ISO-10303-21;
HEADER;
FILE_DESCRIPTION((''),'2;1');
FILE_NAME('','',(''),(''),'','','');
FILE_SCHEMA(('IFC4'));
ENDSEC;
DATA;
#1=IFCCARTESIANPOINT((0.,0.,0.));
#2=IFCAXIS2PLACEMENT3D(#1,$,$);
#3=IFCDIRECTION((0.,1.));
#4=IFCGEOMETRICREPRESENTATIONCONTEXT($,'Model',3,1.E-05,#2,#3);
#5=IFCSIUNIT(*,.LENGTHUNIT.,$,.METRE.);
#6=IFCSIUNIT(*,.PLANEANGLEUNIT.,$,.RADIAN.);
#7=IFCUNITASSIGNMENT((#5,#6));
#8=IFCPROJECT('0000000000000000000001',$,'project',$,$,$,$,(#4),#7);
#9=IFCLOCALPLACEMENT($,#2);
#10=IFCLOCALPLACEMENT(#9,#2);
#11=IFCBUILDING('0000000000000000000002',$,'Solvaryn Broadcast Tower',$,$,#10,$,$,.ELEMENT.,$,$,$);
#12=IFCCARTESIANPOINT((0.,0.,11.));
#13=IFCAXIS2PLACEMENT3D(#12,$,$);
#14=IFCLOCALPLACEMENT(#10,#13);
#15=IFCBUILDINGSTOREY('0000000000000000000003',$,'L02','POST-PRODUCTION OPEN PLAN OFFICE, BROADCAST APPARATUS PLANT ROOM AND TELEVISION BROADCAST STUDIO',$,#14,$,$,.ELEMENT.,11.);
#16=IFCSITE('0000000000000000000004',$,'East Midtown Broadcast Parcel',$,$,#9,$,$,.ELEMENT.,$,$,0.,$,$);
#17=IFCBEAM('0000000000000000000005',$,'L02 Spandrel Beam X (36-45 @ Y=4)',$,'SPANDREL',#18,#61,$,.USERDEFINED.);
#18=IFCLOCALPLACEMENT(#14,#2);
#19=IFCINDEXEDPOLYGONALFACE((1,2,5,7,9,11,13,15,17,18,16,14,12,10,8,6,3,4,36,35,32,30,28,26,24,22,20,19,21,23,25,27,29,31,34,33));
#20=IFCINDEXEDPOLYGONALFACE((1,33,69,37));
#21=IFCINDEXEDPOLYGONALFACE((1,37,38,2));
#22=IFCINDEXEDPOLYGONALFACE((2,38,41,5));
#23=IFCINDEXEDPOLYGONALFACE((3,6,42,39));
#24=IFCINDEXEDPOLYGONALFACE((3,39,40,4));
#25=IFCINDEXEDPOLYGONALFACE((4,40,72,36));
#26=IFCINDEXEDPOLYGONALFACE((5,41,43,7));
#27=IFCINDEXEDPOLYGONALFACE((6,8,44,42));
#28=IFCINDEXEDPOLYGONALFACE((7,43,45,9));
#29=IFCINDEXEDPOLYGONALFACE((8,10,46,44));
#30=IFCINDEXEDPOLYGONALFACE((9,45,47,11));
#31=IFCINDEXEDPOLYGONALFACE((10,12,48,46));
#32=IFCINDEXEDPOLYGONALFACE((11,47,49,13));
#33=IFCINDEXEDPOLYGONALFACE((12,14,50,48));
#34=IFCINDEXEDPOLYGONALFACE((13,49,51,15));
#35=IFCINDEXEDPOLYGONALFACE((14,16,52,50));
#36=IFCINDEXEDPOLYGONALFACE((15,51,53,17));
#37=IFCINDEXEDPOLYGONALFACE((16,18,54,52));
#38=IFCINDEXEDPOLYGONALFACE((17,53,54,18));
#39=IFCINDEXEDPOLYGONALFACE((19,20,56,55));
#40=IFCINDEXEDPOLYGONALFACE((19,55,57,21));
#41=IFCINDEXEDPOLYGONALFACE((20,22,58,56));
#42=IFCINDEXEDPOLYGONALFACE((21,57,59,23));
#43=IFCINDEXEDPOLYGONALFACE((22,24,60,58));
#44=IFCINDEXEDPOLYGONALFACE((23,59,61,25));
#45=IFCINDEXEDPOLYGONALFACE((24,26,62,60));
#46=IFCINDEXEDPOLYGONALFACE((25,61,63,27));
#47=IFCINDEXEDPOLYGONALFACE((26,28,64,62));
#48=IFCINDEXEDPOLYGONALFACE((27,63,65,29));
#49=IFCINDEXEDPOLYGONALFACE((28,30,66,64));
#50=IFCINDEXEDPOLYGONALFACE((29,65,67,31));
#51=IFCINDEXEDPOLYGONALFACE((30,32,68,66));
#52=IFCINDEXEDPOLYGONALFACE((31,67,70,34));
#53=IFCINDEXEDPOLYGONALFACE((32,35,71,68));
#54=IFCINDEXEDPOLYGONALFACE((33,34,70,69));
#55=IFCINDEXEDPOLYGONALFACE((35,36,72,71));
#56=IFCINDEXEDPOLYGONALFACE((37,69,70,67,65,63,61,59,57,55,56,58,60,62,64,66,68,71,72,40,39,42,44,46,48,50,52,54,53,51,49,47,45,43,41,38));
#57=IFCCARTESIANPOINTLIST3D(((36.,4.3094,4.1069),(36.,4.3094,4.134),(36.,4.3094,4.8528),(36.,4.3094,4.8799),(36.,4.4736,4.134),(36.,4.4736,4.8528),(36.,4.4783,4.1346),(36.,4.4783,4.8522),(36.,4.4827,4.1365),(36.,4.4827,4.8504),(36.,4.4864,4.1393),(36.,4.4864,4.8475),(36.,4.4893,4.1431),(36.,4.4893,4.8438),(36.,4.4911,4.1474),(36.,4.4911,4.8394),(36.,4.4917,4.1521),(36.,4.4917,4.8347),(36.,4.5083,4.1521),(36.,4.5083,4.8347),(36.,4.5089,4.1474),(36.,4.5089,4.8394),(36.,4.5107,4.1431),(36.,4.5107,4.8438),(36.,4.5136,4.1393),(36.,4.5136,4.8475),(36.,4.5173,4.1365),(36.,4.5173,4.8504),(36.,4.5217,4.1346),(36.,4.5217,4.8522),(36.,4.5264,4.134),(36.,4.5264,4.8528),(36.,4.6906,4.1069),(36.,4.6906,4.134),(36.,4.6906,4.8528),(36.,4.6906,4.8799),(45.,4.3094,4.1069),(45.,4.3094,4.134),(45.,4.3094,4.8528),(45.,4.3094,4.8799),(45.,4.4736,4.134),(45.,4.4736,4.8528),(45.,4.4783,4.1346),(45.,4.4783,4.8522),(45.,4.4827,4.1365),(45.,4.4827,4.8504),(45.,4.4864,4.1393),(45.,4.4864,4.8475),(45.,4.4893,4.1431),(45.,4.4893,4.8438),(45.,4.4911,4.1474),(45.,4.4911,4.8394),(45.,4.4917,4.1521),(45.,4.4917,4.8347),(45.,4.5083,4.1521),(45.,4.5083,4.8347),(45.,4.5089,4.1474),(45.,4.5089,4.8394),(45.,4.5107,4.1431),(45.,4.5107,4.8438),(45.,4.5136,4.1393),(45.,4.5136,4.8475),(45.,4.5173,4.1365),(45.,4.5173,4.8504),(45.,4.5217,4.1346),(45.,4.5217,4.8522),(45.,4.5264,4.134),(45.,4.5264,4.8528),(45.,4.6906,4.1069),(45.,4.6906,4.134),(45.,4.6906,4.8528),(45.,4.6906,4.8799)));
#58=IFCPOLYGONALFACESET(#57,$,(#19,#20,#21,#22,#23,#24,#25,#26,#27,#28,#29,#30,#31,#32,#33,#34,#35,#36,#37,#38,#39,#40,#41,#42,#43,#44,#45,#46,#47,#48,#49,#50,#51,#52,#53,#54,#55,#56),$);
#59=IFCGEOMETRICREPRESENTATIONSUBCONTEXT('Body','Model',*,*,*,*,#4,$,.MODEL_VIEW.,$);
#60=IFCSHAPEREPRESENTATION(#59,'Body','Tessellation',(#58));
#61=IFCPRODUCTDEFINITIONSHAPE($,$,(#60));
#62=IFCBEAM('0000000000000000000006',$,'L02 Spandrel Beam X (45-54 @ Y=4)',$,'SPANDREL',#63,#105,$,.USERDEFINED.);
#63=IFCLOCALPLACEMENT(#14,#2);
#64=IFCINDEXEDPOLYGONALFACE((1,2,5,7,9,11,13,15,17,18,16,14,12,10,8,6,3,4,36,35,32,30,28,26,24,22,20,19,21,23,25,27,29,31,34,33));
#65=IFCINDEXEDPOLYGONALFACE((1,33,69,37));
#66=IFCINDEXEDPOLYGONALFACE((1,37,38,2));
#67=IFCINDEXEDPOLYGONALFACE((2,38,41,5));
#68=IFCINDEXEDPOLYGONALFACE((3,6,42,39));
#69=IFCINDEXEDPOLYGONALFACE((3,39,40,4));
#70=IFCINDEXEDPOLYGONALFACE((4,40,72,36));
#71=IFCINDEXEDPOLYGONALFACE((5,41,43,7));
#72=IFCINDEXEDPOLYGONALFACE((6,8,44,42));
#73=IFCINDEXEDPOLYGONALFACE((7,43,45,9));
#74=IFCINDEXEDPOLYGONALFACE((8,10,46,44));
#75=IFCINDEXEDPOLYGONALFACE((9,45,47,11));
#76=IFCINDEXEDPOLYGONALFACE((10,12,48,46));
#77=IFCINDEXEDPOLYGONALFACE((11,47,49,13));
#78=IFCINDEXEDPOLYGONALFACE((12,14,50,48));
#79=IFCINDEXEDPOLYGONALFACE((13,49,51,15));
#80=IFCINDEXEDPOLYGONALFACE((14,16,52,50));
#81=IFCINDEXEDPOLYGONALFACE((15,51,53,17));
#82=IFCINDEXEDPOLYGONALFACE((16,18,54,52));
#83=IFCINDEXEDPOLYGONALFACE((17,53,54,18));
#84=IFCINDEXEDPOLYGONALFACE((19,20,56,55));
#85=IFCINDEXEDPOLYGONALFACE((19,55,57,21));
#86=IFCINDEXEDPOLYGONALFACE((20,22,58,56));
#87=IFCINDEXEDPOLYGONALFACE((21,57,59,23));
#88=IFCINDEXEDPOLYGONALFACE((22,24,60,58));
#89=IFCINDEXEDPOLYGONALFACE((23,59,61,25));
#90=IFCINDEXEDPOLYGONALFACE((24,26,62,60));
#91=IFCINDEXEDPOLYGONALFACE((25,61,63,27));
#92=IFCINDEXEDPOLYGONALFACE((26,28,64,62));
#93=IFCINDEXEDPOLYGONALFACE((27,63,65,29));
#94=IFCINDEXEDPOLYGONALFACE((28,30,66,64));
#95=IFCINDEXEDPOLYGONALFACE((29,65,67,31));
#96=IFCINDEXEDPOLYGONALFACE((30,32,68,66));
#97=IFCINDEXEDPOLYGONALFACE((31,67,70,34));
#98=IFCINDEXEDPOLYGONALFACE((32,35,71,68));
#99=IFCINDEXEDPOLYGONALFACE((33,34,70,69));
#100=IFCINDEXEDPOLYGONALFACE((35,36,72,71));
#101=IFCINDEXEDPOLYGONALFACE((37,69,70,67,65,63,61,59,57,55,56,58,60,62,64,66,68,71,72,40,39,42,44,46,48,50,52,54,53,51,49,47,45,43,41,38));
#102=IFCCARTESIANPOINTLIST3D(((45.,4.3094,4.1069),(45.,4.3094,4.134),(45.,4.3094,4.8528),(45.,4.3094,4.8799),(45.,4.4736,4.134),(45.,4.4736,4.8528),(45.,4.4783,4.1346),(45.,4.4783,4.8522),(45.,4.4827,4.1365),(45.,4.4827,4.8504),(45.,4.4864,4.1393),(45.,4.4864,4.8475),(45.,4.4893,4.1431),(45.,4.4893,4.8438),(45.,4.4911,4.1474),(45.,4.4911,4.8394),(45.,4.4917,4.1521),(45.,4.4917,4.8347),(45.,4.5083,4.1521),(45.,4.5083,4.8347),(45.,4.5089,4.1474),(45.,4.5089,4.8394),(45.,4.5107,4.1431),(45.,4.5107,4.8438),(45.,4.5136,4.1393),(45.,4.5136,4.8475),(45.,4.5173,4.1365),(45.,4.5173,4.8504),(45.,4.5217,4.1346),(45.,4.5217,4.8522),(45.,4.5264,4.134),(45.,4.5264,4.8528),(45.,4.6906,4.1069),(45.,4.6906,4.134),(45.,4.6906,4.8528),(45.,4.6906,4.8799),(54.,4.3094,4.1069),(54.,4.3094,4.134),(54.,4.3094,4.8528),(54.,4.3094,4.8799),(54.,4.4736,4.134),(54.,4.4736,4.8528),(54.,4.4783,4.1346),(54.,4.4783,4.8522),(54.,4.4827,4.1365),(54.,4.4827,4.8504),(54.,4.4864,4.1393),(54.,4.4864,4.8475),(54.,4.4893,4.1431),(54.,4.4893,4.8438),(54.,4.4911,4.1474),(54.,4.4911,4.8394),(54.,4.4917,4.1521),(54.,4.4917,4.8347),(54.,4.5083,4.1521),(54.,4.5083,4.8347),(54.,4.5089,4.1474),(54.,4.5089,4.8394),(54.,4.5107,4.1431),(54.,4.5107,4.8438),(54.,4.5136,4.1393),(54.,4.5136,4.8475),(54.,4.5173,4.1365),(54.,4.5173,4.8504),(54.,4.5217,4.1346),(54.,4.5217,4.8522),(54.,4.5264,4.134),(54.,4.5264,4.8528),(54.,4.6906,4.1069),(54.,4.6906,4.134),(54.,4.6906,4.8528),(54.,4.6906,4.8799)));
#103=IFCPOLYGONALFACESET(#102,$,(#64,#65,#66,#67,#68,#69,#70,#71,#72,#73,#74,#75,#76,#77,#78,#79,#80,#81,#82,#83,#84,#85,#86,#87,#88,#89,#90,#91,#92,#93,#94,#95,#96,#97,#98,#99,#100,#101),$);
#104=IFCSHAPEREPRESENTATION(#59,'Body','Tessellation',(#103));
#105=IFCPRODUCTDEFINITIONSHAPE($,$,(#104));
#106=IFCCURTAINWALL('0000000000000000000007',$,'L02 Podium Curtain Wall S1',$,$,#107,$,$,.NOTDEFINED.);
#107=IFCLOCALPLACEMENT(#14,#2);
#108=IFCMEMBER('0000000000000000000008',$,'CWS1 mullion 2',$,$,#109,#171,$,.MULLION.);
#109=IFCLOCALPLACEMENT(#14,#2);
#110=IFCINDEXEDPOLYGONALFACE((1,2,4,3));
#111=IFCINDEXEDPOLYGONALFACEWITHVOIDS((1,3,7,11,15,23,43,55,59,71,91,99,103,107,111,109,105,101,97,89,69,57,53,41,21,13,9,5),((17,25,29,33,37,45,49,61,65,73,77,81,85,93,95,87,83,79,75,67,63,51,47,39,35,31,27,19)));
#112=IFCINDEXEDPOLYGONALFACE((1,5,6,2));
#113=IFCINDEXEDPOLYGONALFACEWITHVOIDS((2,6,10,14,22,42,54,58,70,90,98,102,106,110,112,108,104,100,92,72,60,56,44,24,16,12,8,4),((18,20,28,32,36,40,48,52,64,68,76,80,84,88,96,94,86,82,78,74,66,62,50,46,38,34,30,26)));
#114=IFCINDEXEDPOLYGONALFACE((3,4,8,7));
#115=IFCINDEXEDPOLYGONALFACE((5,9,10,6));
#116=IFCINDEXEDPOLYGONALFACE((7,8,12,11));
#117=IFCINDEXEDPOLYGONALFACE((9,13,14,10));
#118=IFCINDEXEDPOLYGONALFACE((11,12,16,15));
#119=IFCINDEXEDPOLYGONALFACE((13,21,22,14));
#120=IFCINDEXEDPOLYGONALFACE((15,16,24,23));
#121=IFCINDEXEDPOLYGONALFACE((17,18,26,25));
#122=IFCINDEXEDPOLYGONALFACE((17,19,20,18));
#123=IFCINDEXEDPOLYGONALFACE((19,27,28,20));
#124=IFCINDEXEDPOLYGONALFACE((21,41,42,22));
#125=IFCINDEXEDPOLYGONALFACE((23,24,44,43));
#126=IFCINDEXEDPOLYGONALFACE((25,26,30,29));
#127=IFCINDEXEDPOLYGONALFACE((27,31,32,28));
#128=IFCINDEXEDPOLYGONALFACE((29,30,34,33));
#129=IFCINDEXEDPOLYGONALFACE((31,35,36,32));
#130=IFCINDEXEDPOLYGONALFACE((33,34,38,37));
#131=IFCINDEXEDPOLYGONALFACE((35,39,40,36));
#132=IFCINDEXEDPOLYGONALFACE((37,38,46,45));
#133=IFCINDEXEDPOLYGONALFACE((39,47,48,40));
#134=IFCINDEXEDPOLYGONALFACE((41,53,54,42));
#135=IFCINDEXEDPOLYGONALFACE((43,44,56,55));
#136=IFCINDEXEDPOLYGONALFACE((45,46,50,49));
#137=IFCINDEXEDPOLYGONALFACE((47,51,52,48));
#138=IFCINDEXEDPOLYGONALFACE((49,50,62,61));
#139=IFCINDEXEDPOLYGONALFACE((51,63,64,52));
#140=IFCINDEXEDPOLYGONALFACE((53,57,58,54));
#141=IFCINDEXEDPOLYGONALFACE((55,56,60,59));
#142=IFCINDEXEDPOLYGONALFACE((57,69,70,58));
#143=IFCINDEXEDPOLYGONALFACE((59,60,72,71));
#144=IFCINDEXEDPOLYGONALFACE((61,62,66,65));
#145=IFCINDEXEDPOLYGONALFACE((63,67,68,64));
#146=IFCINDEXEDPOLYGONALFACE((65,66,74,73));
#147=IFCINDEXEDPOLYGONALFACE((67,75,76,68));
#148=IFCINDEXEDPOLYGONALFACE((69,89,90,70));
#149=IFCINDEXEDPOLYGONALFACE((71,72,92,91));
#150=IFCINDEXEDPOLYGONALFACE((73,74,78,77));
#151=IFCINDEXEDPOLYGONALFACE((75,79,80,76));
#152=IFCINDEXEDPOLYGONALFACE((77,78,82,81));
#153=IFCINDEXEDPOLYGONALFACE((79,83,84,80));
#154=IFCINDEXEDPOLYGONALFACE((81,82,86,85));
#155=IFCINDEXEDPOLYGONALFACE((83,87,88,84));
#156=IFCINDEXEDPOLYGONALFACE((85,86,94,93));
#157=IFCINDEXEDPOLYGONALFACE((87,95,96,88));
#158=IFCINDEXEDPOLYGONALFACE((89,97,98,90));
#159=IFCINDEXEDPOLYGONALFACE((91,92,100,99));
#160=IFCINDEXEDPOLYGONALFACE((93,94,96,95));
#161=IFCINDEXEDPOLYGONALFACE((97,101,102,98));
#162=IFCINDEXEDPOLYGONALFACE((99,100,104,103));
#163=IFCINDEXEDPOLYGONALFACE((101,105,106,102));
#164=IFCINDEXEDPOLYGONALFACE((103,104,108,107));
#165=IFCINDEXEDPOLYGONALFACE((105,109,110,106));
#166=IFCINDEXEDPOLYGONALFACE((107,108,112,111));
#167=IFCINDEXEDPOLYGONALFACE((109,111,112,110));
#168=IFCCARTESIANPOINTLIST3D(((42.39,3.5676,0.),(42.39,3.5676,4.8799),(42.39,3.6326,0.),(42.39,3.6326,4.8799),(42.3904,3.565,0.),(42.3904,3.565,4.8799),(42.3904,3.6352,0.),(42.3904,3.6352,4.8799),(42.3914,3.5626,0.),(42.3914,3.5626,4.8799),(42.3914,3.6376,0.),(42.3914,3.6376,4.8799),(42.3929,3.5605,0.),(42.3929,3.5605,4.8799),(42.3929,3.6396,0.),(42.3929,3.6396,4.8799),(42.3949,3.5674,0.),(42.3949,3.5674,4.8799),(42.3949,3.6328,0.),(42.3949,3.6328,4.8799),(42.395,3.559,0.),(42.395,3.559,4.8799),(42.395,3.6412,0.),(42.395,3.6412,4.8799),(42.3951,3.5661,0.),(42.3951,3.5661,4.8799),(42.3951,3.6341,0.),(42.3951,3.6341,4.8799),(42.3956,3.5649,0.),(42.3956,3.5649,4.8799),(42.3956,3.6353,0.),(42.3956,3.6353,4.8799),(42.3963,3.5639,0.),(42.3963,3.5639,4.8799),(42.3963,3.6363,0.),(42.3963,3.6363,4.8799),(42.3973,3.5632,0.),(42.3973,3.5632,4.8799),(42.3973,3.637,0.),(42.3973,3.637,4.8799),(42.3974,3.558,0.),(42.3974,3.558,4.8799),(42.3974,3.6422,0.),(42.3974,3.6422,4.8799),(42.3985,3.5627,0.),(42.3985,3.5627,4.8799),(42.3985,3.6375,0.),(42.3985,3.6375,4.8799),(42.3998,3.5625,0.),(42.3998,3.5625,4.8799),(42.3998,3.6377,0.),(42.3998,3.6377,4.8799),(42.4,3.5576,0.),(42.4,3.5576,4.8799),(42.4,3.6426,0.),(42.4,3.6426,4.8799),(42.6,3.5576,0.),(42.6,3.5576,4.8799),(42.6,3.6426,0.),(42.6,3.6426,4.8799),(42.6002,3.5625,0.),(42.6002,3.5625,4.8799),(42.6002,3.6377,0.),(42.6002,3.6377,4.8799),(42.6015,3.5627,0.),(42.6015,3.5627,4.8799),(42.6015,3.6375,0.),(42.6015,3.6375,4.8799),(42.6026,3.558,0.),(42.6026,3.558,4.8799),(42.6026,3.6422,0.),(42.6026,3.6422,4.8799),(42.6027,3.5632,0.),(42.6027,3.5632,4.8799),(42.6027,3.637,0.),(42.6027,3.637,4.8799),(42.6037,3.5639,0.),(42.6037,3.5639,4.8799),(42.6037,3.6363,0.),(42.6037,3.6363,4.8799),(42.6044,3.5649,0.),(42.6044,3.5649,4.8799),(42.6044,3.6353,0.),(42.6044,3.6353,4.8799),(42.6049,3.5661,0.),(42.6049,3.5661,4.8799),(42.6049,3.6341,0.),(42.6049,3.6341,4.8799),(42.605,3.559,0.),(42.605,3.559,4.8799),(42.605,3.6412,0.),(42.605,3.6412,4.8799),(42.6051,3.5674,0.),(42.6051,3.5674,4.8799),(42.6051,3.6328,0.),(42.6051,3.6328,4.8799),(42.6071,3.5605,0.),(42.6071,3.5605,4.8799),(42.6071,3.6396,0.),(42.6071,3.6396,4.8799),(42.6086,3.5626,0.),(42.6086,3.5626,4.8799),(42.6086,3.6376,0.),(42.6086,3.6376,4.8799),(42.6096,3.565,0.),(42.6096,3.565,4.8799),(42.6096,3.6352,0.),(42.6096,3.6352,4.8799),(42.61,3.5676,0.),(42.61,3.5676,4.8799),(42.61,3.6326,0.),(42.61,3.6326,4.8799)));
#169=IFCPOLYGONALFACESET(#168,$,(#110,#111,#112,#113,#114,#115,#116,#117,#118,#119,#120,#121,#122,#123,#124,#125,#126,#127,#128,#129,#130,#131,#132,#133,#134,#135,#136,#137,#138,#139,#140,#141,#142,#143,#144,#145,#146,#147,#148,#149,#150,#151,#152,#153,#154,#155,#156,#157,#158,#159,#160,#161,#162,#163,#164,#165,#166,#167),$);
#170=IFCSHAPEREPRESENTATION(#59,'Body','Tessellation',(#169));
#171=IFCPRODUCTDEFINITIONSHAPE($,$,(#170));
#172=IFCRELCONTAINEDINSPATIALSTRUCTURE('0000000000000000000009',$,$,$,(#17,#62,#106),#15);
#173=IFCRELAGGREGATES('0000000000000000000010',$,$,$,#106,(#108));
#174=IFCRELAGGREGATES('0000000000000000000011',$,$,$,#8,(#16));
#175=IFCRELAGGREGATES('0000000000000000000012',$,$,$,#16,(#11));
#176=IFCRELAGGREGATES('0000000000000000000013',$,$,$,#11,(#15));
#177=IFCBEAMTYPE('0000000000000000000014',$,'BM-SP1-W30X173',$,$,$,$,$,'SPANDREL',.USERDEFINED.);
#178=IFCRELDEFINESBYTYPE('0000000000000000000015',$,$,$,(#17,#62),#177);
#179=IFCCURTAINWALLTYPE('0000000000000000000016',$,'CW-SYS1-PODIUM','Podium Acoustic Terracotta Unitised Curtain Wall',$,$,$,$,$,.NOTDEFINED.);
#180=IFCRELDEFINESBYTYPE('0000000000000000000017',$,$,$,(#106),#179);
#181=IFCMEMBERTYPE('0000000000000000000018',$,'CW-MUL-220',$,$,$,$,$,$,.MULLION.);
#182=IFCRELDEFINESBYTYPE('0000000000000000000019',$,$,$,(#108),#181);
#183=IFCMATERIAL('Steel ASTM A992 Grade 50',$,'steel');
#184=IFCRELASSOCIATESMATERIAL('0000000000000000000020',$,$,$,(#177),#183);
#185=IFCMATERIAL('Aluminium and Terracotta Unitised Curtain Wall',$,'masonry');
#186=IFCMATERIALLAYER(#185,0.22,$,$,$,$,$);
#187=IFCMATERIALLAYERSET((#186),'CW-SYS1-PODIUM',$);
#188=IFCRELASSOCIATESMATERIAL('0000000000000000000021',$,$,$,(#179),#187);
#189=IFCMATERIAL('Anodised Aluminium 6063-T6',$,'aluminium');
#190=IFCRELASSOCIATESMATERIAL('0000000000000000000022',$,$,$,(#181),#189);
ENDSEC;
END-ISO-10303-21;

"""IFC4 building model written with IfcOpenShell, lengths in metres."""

from ifc_helpers import new_model, si_unit, direction, frame, origin, origin_2d, place, context, subcontext, project, spatial, hollow_rectangle, i_section, extrude, material, layer, layer_set, material_profile, profile_set, type_object, element, aggregate, save


model = new_model("IFC4")

# Units and contexts
model_context = context("Model", 3, precision=1e-05, world=origin(), true_north=direction((0.0, 1.0)))
body_context = subcontext(model_context, "Body", "Model", "MODEL_VIEW")
ifc_project = project(units=[si_unit("LENGTHUNIT", "METRE"), si_unit("PLANEANGLEUNIT", "RADIAN")], contexts=[model_context])

# Site, building, storey
site_placement = place(None, origin())
site = spatial("IfcSite", under=ifc_project, at=site_placement, Name="East Midtown Broadcast Parcel", CompositionType="ELEMENT", RefElevation=0.0)
building_placement = place(site_placement, origin())
building = spatial("IfcBuilding", under=site, at=building_placement, Name="Solvaryn Broadcast Tower", CompositionType="ELEMENT")
storey_placement = place(building_placement, frame((0.0, 0.0, 11.0)))
storey = spatial("IfcBuildingStorey", under=building, at=storey_placement, Name="L02", Description="POST-PRODUCTION OPEN PLAN OFFICE, BROADCAST APPARATUS PLANT ROOM AND TELEVISION BROADCAST STUDIO", CompositionType="ELEMENT", Elevation=11.0)

# Beams
ifc_material_1 = material(Name="Steel ASTM A992 Grade 50", Category="steel")
ifc_material_profile_1 = material_profile(ifc_material_1, i_section(OverallWidth=0.3811, OverallDepth=0.7729, WebThickness=0.0166, FlangeThickness=0.0271, FilletRadius=0.0181, at=origin_2d()))
ifc_profile_set_1 = profile_set([ifc_material_profile_1], Name="Steel ASTM A992 Grade 50")
beam_type_1 = type_object("IfcBeamType", Name="BM-SP1-W30X173", ElementType="SPANDREL", PredefinedType="USERDEFINED", material=ifc_profile_set_1)
for number, where, z_axis, x_axis, name in (
    (1, (36.0, 4.5, 4.4934), (1.0, 0.0, 0.0), (0.0, 1.0, 0.0), "L02 Spandrel Beam X (36-45 @ Y=4)"),
    (2, (45.0, 4.5, 4.4934), (1.0, 0.0, 0.0), (0.0, 1.0, 0.0), "L02 Spandrel Beam X (45-54 @ Y=4)"),
):
    element("IfcBeam", number, at=place(storey_placement, frame(where, z_axis=z_axis, x_axis=x_axis)), inside=storey, type_object=beam_type_1, Name=name, ObjectType="SPANDREL", PredefinedType="USERDEFINED", context=body_context, shape_type="SweptSolid", body=[
        extrude(i_section(OverallWidth=0.3811, OverallDepth=0.7729, WebThickness=0.0166, FlangeThickness=0.0271, FilletRadius=0.0181, at=origin_2d()), origin(), (0.0, 0.0, 1.0), 9.0),
    ])

# Curtain wall, member
ifc_material_2 = material(Name="Aluminium and Terracotta Unitised Curtain Wall", Category="masonry")
ifc_layer_1 = layer(ifc_material_2, 0.22)
ifc_layer_set_1 = layer_set([ifc_layer_1], Name="CW-SYS1-PODIUM")
curtain_wall_type = type_object("IfcCurtainWallType", Name="CW-SYS1-PODIUM", Description="Podium Acoustic Terracotta Unitised Curtain Wall", PredefinedType="NOTDEFINED", material=ifc_layer_set_1)
curtain_wall_placement = place(storey_placement, origin())
curtain_wall = element("IfcCurtainWall", 3, at=curtain_wall_placement, inside=storey, type_object=curtain_wall_type, Name="L02 Podium Curtain Wall S1", PredefinedType="NOTDEFINED")
ifc_material_3 = material(Name="Anodised Aluminium 6063-T6", Category="aluminium")
ifc_material_profile_2 = material_profile(ifc_material_3, hollow_rectangle(XDim=0.085, YDim=0.22, WallThickness=0.0049, InnerFilletRadius=0.0049, OuterFilletRadius=0.01, at=origin_2d()))
ifc_profile_set_2 = profile_set([ifc_material_profile_2], Name="Anodised Aluminium 6063-T6")
member_type_1 = type_object("IfcMemberType", Name="CW-MUL-220", PredefinedType="MULLION", material=ifc_profile_set_2)
member_1_placement = place(storey_placement, frame((42.5, 3.6001, 0.0), z_axis=(0.0, 0.0, 1.0), x_axis=(0.0, -1.0, 0.0)))
member_1 = element("IfcMember", 4, at=member_1_placement, type_object=member_type_1, Name="CWS1 mullion 2", PredefinedType="MULLION", context=body_context, shape_type="SweptSolid", body=[
    extrude(hollow_rectangle(XDim=0.085, YDim=0.22, WallThickness=0.0049, InnerFilletRadius=0.0049, OuterFilletRadius=0.01, at=origin_2d()), origin(), (0.0, 0.0, 1.0), 4.8799),
])
aggregate(curtain_wall, [member_1])

save(model, "model.ifc")
